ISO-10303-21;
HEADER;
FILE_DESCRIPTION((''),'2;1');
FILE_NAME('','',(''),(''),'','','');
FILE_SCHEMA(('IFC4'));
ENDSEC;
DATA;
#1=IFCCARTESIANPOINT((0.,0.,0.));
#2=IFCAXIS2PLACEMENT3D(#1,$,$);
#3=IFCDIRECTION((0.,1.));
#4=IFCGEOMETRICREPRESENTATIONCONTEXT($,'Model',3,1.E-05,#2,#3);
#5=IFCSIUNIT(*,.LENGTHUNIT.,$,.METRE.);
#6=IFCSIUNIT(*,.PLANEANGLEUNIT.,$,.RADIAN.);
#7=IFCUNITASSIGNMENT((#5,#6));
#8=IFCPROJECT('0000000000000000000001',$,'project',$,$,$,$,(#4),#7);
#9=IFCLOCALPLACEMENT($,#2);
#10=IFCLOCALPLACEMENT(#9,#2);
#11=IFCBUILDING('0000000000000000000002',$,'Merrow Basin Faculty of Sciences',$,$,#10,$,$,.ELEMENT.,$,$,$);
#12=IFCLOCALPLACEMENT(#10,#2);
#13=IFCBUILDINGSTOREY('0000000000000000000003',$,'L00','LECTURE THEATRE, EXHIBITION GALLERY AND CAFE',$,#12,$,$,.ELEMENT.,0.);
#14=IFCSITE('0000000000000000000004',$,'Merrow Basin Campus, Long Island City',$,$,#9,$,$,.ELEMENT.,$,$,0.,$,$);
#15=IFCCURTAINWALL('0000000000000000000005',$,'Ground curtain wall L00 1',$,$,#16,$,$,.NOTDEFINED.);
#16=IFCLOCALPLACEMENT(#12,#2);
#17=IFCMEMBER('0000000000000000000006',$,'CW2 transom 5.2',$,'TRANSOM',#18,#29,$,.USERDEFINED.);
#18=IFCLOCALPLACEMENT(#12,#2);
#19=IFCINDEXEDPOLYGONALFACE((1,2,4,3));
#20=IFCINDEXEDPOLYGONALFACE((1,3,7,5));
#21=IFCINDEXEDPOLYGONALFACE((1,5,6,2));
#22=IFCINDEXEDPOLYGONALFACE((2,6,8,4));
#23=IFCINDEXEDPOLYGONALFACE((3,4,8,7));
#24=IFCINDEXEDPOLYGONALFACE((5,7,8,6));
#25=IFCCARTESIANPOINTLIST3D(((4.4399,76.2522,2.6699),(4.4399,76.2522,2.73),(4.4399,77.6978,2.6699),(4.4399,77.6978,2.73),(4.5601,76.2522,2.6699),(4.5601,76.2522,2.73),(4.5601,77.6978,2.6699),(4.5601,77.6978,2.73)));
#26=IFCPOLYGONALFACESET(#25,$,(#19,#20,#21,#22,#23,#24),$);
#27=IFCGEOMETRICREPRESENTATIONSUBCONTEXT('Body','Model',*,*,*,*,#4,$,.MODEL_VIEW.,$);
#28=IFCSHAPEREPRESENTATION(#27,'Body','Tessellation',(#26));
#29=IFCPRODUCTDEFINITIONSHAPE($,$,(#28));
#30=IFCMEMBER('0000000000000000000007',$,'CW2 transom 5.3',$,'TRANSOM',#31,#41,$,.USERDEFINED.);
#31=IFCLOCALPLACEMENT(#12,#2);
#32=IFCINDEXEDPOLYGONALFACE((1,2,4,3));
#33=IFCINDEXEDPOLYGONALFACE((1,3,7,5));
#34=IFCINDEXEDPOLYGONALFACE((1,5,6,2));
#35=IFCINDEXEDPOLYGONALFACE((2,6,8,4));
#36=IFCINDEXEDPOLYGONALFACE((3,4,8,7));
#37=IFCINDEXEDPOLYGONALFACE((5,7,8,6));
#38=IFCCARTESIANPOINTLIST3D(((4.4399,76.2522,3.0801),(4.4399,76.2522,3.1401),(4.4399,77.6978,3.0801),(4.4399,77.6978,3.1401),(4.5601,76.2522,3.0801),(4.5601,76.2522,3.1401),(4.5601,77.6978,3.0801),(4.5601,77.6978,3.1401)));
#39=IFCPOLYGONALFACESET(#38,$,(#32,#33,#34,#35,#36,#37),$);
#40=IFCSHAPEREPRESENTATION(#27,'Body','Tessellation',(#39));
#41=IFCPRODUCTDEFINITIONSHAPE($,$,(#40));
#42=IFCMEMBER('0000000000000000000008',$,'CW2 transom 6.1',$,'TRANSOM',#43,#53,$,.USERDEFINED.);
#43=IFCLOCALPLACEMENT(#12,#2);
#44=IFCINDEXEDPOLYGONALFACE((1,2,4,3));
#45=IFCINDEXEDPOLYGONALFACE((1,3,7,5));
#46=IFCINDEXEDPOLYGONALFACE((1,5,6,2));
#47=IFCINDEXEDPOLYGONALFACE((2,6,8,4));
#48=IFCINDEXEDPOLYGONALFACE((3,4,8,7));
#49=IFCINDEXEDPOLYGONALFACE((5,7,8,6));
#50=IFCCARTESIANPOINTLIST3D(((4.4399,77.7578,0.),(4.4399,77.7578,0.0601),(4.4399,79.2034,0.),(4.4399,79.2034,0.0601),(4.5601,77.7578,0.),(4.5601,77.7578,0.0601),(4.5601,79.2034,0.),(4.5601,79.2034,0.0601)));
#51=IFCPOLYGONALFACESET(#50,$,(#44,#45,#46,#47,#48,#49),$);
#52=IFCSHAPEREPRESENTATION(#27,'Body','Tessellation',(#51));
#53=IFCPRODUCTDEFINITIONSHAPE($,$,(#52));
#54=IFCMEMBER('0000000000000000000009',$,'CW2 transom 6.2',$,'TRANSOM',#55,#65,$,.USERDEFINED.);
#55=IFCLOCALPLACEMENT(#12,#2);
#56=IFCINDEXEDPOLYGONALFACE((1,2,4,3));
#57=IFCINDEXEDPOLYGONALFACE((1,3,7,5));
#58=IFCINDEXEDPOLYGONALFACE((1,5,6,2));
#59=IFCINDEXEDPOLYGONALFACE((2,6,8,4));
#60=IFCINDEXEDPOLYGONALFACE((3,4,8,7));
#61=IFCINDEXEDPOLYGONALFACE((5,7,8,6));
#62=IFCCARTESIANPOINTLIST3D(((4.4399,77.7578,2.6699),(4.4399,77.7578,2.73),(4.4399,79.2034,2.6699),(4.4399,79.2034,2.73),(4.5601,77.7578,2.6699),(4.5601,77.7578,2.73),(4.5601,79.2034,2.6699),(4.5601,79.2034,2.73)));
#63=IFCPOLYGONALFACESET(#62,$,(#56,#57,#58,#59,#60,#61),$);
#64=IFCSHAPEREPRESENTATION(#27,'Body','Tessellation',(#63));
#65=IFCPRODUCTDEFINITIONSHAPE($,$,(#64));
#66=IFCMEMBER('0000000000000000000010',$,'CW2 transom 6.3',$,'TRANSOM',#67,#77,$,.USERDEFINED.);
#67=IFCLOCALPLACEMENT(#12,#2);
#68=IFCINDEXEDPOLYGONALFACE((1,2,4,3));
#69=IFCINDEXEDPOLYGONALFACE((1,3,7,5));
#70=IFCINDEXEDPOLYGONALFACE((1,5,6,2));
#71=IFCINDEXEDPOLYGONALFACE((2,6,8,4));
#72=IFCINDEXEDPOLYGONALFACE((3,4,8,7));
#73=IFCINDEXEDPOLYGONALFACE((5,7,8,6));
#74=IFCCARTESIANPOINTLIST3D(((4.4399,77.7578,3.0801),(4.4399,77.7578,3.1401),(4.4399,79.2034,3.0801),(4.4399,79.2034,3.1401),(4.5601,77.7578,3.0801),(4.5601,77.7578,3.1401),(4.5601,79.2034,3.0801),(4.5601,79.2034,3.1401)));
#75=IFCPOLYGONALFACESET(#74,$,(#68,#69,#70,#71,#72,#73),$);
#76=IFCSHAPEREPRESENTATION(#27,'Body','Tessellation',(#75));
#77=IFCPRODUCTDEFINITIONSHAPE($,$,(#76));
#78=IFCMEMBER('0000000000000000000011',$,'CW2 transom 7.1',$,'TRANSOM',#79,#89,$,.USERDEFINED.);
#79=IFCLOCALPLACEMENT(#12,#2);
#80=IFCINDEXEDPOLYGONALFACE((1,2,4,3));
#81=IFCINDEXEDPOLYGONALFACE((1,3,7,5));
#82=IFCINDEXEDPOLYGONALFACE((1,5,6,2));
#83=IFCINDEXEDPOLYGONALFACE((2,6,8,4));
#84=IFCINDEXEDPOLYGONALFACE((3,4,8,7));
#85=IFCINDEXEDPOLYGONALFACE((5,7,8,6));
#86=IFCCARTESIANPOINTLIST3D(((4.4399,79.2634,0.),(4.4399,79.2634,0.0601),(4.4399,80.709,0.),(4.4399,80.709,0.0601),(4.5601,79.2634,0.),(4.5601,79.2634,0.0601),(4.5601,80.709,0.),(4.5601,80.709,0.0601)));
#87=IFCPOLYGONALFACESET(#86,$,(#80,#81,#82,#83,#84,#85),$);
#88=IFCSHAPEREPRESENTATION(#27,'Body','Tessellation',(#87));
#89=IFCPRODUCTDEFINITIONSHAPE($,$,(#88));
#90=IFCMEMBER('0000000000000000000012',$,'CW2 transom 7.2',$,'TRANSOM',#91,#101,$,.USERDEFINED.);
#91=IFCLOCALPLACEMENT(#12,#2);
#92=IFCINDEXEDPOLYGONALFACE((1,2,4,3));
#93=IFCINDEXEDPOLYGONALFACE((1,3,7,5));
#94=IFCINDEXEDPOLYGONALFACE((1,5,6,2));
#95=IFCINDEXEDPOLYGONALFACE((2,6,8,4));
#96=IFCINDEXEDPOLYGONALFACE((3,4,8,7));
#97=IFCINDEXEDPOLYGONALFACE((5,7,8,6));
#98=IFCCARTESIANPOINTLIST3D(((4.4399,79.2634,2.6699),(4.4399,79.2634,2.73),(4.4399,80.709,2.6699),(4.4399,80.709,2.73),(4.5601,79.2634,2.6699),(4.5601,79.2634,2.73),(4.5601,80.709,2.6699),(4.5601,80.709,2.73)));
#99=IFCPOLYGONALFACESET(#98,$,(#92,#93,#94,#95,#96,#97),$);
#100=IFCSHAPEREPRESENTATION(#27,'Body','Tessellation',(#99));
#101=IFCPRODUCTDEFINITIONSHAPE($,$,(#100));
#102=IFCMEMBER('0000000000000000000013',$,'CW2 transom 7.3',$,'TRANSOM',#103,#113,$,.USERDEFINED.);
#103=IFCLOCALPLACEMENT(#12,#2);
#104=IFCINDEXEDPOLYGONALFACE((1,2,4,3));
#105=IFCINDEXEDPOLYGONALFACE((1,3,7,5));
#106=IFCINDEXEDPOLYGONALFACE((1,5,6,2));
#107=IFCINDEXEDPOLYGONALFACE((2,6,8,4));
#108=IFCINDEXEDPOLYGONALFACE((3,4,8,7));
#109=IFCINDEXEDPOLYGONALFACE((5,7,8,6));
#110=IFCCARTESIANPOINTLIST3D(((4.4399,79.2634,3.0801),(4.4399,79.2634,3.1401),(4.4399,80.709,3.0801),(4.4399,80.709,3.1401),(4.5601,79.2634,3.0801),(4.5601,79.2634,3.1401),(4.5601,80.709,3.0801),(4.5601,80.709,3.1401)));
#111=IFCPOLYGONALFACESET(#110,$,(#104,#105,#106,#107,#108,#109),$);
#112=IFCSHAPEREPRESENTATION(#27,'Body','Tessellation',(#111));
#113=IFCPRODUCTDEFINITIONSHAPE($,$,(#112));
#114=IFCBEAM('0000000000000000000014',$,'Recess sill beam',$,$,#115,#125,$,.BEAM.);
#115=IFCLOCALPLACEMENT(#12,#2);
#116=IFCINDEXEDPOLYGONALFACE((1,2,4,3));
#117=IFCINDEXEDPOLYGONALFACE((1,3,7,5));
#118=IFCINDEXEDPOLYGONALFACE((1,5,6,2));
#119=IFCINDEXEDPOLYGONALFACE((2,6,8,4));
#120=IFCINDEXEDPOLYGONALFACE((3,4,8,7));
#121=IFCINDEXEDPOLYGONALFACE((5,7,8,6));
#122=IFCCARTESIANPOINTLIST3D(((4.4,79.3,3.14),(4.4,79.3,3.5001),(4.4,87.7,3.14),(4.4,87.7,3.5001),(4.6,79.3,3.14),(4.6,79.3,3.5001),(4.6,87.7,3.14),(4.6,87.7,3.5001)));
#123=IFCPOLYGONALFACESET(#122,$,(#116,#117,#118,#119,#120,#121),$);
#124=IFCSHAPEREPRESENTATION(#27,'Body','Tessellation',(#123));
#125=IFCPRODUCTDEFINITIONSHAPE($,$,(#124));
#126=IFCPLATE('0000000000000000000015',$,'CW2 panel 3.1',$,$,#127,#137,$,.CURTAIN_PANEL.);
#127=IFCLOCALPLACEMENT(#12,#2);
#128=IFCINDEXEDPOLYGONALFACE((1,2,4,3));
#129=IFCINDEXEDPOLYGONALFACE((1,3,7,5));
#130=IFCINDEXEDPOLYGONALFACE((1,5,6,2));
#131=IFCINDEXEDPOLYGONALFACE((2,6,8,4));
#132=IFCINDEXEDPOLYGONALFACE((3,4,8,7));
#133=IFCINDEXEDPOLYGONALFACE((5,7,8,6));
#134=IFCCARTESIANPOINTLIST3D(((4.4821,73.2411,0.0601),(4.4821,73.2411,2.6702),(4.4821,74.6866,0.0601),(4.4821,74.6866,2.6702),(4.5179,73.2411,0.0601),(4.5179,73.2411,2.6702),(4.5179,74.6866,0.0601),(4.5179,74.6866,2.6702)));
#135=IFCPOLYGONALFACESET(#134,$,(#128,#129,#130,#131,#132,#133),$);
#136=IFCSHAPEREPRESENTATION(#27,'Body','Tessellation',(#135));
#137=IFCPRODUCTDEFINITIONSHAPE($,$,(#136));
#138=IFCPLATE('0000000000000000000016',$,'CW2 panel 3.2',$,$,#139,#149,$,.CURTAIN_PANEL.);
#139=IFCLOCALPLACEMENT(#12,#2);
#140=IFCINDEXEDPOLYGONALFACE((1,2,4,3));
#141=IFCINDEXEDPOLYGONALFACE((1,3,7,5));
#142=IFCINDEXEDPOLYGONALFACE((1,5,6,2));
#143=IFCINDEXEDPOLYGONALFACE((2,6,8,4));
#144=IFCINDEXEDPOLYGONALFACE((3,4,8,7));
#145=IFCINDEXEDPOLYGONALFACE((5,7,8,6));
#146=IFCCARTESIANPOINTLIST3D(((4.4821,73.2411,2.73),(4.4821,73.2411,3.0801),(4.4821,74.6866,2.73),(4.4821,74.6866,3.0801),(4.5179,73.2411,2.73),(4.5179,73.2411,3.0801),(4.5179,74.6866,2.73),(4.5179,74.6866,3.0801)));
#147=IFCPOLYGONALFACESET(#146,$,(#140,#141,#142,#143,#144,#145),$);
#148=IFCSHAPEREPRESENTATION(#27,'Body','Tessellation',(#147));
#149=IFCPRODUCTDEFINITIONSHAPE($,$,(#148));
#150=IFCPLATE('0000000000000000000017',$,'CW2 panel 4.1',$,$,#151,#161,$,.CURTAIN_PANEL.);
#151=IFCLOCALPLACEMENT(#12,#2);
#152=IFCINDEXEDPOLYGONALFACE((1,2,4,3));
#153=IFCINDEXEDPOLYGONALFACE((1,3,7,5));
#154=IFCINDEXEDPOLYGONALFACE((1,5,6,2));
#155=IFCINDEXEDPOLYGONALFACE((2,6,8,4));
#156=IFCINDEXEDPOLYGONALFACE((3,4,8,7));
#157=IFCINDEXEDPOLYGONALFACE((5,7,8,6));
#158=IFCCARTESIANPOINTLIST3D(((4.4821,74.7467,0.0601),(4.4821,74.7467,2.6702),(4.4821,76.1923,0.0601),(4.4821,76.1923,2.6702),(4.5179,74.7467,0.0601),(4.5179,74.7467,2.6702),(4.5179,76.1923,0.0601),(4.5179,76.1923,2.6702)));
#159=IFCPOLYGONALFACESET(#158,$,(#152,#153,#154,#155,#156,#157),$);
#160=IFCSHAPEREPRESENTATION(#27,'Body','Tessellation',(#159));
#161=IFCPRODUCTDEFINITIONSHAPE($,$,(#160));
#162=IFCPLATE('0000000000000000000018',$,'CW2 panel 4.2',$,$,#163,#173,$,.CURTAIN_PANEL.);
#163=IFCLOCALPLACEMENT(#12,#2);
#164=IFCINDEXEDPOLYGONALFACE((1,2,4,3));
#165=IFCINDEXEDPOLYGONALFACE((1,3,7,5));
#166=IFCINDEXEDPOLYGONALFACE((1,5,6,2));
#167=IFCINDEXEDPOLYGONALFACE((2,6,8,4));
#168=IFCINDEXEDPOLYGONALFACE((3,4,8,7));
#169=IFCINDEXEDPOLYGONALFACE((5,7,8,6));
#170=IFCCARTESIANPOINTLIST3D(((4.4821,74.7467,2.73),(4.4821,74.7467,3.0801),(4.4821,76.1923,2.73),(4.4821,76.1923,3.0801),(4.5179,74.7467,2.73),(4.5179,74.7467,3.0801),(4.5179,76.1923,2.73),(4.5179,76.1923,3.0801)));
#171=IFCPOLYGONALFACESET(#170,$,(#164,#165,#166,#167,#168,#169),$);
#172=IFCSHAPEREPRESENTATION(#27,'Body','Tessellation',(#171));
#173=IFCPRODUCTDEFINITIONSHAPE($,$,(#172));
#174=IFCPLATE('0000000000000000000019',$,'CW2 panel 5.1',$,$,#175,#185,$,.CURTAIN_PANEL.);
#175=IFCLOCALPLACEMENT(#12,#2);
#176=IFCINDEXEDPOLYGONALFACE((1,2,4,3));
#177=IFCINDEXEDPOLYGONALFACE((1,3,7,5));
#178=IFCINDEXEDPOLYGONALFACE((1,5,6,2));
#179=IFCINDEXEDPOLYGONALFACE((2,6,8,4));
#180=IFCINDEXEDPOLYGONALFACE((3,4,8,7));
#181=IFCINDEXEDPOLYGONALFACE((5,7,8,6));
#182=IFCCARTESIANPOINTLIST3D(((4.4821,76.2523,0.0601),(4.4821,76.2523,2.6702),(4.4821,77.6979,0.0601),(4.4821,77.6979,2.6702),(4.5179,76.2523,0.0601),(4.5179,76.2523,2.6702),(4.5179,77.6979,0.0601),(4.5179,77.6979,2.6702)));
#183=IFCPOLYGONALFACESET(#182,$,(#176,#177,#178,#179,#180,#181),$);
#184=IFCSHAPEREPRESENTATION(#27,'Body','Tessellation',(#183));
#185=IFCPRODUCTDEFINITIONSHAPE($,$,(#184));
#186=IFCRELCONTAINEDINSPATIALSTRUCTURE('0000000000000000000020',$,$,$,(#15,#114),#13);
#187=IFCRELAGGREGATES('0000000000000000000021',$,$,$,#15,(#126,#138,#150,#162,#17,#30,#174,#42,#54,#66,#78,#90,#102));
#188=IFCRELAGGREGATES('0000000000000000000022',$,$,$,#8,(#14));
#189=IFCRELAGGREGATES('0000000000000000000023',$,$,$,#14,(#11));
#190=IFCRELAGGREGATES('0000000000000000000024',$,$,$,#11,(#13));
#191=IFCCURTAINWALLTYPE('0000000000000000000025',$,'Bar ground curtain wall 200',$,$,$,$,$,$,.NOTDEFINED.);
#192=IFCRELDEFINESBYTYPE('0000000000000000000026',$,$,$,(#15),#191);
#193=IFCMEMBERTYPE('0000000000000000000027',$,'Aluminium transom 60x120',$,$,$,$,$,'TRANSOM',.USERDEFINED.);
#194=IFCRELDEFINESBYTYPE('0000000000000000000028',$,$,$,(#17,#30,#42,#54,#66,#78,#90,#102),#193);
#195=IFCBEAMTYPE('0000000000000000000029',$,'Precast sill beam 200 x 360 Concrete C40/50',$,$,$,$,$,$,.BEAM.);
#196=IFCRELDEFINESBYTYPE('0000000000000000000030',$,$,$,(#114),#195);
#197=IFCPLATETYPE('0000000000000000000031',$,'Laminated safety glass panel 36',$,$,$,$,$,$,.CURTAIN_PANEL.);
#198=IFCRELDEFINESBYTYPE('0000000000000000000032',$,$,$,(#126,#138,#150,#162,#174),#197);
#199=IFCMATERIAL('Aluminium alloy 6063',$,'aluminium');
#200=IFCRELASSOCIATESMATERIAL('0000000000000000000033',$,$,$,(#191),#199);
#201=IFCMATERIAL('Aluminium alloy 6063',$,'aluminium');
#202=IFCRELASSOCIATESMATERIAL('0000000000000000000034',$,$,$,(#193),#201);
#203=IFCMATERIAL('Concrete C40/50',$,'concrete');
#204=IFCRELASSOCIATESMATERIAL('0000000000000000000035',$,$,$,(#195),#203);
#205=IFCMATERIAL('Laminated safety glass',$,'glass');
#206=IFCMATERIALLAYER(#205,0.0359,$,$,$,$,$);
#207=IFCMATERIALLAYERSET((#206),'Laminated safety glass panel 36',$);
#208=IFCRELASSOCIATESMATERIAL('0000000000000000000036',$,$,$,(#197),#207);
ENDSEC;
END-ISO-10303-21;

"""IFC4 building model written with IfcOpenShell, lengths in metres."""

from ifc_helpers import new_model, si_unit, direction, frame, origin, origin_2d, place, context, subcontext, project, spatial, rectangle, extrude, material, layer, layer_set, material_profile, profile_set, type_object, element, aggregate, save


model = new_model("IFC4")

# Units and contexts
model_context = context("Model", 3, precision=1e-05, world=origin(), true_north=direction((0.0, 1.0)))
body_context = subcontext(model_context, "Body", "Model", "MODEL_VIEW")
ifc_project = project(units=[si_unit("LENGTHUNIT", "METRE"), si_unit("PLANEANGLEUNIT", "RADIAN")], contexts=[model_context])

# Site, building, storey
site_placement = place(None, origin())
site = spatial("IfcSite", under=ifc_project, at=site_placement, Name="Merrow Basin Campus, Long Island City", CompositionType="ELEMENT", RefElevation=0.0)
building_placement = place(site_placement, origin())
building = spatial("IfcBuilding", under=site, at=building_placement, Name="Merrow Basin Faculty of Sciences", CompositionType="ELEMENT")
storey_placement = place(building_placement, origin())
storey = spatial("IfcBuildingStorey", under=building, at=storey_placement, Name="L00", Description="LECTURE THEATRE, EXHIBITION GALLERY AND CAFE", CompositionType="ELEMENT", Elevation=0.0)

# Curtain wall, members
ifc_material_1 = material(Name="Aluminium alloy 6063", Category="aluminium")
curtain_wall_type = type_object("IfcCurtainWallType", Name="Bar ground curtain wall 200", PredefinedType="NOTDEFINED", material=ifc_material_1)
curtain_wall_placement = place(storey_placement, origin())
curtain_wall = element("IfcCurtainWall", 1, at=curtain_wall_placement, inside=storey, type_object=curtain_wall_type, Name="Ground curtain wall L00 1", PredefinedType="NOTDEFINED")
ifc_material_2 = material(Name="Aluminium alloy 6063", Category="aluminium")
ifc_material_profile_1 = material_profile(ifc_material_2, rectangle(XDim=0.1201, YDim=0.0601, at=origin_2d()))
ifc_profile_set_1 = profile_set([ifc_material_profile_1], Name="Aluminium alloy 6063")
member_type_1 = type_object("IfcMemberType", Name="Aluminium transom 60x120", ElementType="TRANSOM", PredefinedType="USERDEFINED", material=ifc_profile_set_1)
member_1_placement = place(storey_placement, frame((4.5, 76.2522, 2.7), z_axis=(0.0, 1.0, 0.0), x_axis=(-1.0, 0.0, 0.0)))
member_1 = element("IfcMember", 2, at=member_1_placement, type_object=member_type_1, Name="CW2 transom 5.2", ObjectType="TRANSOM", PredefinedType="USERDEFINED", context=body_context, shape_type="SweptSolid", body=[
    extrude(rectangle(XDim=0.1201, YDim=0.0601, at=origin_2d()), origin(), (0.0, 0.0, 1.0), 1.4456),
])
member_2_placement = place(storey_placement, frame((4.5, 76.2522, 3.1101), z_axis=(0.0, 1.0, 0.0), x_axis=(-1.0, 0.0, 0.0)))
member_2 = element("IfcMember", 3, at=member_2_placement, type_object=member_type_1, Name="CW2 transom 5.3", ObjectType="TRANSOM", PredefinedType="USERDEFINED", context=body_context, shape_type="SweptSolid", body=[
    extrude(rectangle(XDim=0.1201, YDim=0.0601, at=origin_2d()), origin(), (0.0, 0.0, 1.0), 1.4456),
])
member_3_placement = place(storey_placement, frame((4.5, 77.7578, 0.03), z_axis=(0.0, 1.0, 0.0), x_axis=(-1.0, 0.0, 0.0)))
member_3 = element("IfcMember", 4, at=member_3_placement, type_object=member_type_1, Name="CW2 transom 6.1", ObjectType="TRANSOM", PredefinedType="USERDEFINED", context=body_context, shape_type="SweptSolid", body=[
    extrude(rectangle(XDim=0.1201, YDim=0.0601, at=origin_2d()), origin(), (0.0, 0.0, 1.0), 1.4456),
])
member_4_placement = place(storey_placement, frame((4.5, 77.7578, 2.7), z_axis=(0.0, 1.0, 0.0), x_axis=(-1.0, 0.0, 0.0)))
member_4 = element("IfcMember", 5, at=member_4_placement, type_object=member_type_1, Name="CW2 transom 6.2", ObjectType="TRANSOM", PredefinedType="USERDEFINED", context=body_context, shape_type="SweptSolid", body=[
    extrude(rectangle(XDim=0.1201, YDim=0.0601, at=origin_2d()), origin(), (0.0, 0.0, 1.0), 1.4456),
])
member_5_placement = place(storey_placement, frame((4.5, 77.7578, 3.1101), z_axis=(0.0, 1.0, 0.0), x_axis=(-1.0, 0.0, 0.0)))
member_5 = element("IfcMember", 6, at=member_5_placement, type_object=member_type_1, Name="CW2 transom 6.3", ObjectType="TRANSOM", PredefinedType="USERDEFINED", context=body_context, shape_type="SweptSolid", body=[
    extrude(rectangle(XDim=0.1201, YDim=0.0601, at=origin_2d()), origin(), (0.0, 0.0, 1.0), 1.4456),
])
member_6_placement = place(storey_placement, frame((4.5, 79.2634, 0.03), z_axis=(0.0, 1.0, 0.0), x_axis=(-1.0, 0.0, 0.0)))
member_6 = element("IfcMember", 7, at=member_6_placement, type_object=member_type_1, Name="CW2 transom 7.1", ObjectType="TRANSOM", PredefinedType="USERDEFINED", context=body_context, shape_type="SweptSolid", body=[
    extrude(rectangle(XDim=0.1201, YDim=0.0601, at=origin_2d()), origin(), (0.0, 0.0, 1.0), 1.4456),
])
member_7_placement = place(storey_placement, frame((4.5, 79.2634, 2.7), z_axis=(0.0, 1.0, 0.0), x_axis=(-1.0, 0.0, 0.0)))
member_7 = element("IfcMember", 8, at=member_7_placement, type_object=member_type_1, Name="CW2 transom 7.2", ObjectType="TRANSOM", PredefinedType="USERDEFINED", context=body_context, shape_type="SweptSolid", body=[
    extrude(rectangle(XDim=0.1201, YDim=0.0601, at=origin_2d()), origin(), (0.0, 0.0, 1.0), 1.4456),
])
member_8_placement = place(storey_placement, frame((4.5, 79.2634, 3.1101), z_axis=(0.0, 1.0, 0.0), x_axis=(-1.0, 0.0, 0.0)))
member_8 = element("IfcMember", 9, at=member_8_placement, type_object=member_type_1, Name="CW2 transom 7.3", ObjectType="TRANSOM", PredefinedType="USERDEFINED", context=body_context, shape_type="SweptSolid", body=[
    extrude(rectangle(XDim=0.1201, YDim=0.0601, at=origin_2d()), origin(), (0.0, 0.0, 1.0), 1.4456),
])

# Beam
ifc_material_3 = material(Name="Concrete C40/50", Category="concrete")
ifc_material_profile_2 = material_profile(ifc_material_3, rectangle(XDim=0.2, YDim=0.3601, at=origin_2d()))
ifc_profile_set_2 = profile_set([ifc_material_profile_2], Name="Concrete C40/50")
beam_type = type_object("IfcBeamType", Name="Precast sill beam 200 x 360 Concrete C40/50", PredefinedType="BEAM", material=ifc_profile_set_2)
beam_placement = place(storey_placement, frame((4.5, 79.3, 3.3201), z_axis=(0.0, 1.0, 0.0), x_axis=(-1.0, 0.0, 0.0)))
element("IfcBeam", 10, at=beam_placement, inside=storey, type_object=beam_type, Name="Recess sill beam", PredefinedType="BEAM", context=body_context, shape_type="SweptSolid", body=[
    extrude(rectangle(XDim=0.2, YDim=0.3601, at=origin_2d()), origin(), (0.0, 0.0, 1.0), 8.3999),
])

# Plates
ifc_material_4 = material(Name="Laminated safety glass", Category="glass")
ifc_layer_1 = layer(ifc_material_4, 0.0359)
ifc_layer_set_1 = layer_set([ifc_layer_1], Name="Laminated safety glass panel 36")
plate_type = type_object("IfcPlateType", Name="Laminated safety glass panel 36", PredefinedType="CURTAIN_PANEL", material=ifc_layer_set_1)
plate_1_placement = place(storey_placement, frame((4.5, 73.9639, 0.0601), z_axis=(0.0, 0.0, 1.0), x_axis=(0.0, 1.0, 0.0)))
plate_1 = element("IfcPlate", 11, at=plate_1_placement, type_object=plate_type, Name="CW2 panel 3.1", PredefinedType="CURTAIN_PANEL", context=body_context, shape_type="SweptSolid", body=[
    extrude(rectangle(XDim=1.4456, YDim=0.0359, at=origin_2d()), origin(), (0.0, 0.0, 1.0), 2.6101),
])
plate_2_placement = place(storey_placement, frame((4.5, 73.9639, 2.73), z_axis=(0.0, 0.0, 1.0), x_axis=(0.0, 1.0, 0.0)))
plate_2 = element("IfcPlate", 12, at=plate_2_placement, type_object=plate_type, Name="CW2 panel 3.2", PredefinedType="CURTAIN_PANEL", context=body_context, shape_type="SweptSolid", body=[
    extrude(rectangle(XDim=1.4456, YDim=0.0359, at=origin_2d()), origin(), (0.0, 0.0, 1.0), 0.3501),
])
plate_3_placement = place(storey_placement, frame((4.5, 75.4695, 0.0601), z_axis=(0.0, 0.0, 1.0), x_axis=(0.0, 1.0, 0.0)))
plate_3 = element("IfcPlate", 13, at=plate_3_placement, type_object=plate_type, Name="CW2 panel 4.1", PredefinedType="CURTAIN_PANEL", context=body_context, shape_type="SweptSolid", body=[
    extrude(rectangle(XDim=1.4456, YDim=0.0359, at=origin_2d()), origin(), (0.0, 0.0, 1.0), 2.6101),
])
plate_4_placement = place(storey_placement, frame((4.5, 75.4695, 2.73), z_axis=(0.0, 0.0, 1.0), x_axis=(0.0, 1.0, 0.0)))
plate_4 = element("IfcPlate", 14, at=plate_4_placement, type_object=plate_type, Name="CW2 panel 4.2", PredefinedType="CURTAIN_PANEL", context=body_context, shape_type="SweptSolid", body=[
    extrude(rectangle(XDim=1.4456, YDim=0.0359, at=origin_2d()), origin(), (0.0, 0.0, 1.0), 0.3501),
])
plate_5_placement = place(storey_placement, frame((4.5, 76.9751, 0.0601), z_axis=(0.0, 0.0, 1.0), x_axis=(0.0, 1.0, 0.0)))
plate_5 = element("IfcPlate", 15, at=plate_5_placement, type_object=plate_type, Name="CW2 panel 5.1", PredefinedType="CURTAIN_PANEL", context=body_context, shape_type="SweptSolid", body=[
    extrude(rectangle(XDim=1.4456, YDim=0.0359, at=origin_2d()), origin(), (0.0, 0.0, 1.0), 2.6101),
])
aggregate(curtain_wall, [plate_1, plate_2, plate_3, plate_4, member_1, member_2, plate_5, member_3, member_4, member_5, member_6, member_7, member_8])

save(model, "model.ifc")
